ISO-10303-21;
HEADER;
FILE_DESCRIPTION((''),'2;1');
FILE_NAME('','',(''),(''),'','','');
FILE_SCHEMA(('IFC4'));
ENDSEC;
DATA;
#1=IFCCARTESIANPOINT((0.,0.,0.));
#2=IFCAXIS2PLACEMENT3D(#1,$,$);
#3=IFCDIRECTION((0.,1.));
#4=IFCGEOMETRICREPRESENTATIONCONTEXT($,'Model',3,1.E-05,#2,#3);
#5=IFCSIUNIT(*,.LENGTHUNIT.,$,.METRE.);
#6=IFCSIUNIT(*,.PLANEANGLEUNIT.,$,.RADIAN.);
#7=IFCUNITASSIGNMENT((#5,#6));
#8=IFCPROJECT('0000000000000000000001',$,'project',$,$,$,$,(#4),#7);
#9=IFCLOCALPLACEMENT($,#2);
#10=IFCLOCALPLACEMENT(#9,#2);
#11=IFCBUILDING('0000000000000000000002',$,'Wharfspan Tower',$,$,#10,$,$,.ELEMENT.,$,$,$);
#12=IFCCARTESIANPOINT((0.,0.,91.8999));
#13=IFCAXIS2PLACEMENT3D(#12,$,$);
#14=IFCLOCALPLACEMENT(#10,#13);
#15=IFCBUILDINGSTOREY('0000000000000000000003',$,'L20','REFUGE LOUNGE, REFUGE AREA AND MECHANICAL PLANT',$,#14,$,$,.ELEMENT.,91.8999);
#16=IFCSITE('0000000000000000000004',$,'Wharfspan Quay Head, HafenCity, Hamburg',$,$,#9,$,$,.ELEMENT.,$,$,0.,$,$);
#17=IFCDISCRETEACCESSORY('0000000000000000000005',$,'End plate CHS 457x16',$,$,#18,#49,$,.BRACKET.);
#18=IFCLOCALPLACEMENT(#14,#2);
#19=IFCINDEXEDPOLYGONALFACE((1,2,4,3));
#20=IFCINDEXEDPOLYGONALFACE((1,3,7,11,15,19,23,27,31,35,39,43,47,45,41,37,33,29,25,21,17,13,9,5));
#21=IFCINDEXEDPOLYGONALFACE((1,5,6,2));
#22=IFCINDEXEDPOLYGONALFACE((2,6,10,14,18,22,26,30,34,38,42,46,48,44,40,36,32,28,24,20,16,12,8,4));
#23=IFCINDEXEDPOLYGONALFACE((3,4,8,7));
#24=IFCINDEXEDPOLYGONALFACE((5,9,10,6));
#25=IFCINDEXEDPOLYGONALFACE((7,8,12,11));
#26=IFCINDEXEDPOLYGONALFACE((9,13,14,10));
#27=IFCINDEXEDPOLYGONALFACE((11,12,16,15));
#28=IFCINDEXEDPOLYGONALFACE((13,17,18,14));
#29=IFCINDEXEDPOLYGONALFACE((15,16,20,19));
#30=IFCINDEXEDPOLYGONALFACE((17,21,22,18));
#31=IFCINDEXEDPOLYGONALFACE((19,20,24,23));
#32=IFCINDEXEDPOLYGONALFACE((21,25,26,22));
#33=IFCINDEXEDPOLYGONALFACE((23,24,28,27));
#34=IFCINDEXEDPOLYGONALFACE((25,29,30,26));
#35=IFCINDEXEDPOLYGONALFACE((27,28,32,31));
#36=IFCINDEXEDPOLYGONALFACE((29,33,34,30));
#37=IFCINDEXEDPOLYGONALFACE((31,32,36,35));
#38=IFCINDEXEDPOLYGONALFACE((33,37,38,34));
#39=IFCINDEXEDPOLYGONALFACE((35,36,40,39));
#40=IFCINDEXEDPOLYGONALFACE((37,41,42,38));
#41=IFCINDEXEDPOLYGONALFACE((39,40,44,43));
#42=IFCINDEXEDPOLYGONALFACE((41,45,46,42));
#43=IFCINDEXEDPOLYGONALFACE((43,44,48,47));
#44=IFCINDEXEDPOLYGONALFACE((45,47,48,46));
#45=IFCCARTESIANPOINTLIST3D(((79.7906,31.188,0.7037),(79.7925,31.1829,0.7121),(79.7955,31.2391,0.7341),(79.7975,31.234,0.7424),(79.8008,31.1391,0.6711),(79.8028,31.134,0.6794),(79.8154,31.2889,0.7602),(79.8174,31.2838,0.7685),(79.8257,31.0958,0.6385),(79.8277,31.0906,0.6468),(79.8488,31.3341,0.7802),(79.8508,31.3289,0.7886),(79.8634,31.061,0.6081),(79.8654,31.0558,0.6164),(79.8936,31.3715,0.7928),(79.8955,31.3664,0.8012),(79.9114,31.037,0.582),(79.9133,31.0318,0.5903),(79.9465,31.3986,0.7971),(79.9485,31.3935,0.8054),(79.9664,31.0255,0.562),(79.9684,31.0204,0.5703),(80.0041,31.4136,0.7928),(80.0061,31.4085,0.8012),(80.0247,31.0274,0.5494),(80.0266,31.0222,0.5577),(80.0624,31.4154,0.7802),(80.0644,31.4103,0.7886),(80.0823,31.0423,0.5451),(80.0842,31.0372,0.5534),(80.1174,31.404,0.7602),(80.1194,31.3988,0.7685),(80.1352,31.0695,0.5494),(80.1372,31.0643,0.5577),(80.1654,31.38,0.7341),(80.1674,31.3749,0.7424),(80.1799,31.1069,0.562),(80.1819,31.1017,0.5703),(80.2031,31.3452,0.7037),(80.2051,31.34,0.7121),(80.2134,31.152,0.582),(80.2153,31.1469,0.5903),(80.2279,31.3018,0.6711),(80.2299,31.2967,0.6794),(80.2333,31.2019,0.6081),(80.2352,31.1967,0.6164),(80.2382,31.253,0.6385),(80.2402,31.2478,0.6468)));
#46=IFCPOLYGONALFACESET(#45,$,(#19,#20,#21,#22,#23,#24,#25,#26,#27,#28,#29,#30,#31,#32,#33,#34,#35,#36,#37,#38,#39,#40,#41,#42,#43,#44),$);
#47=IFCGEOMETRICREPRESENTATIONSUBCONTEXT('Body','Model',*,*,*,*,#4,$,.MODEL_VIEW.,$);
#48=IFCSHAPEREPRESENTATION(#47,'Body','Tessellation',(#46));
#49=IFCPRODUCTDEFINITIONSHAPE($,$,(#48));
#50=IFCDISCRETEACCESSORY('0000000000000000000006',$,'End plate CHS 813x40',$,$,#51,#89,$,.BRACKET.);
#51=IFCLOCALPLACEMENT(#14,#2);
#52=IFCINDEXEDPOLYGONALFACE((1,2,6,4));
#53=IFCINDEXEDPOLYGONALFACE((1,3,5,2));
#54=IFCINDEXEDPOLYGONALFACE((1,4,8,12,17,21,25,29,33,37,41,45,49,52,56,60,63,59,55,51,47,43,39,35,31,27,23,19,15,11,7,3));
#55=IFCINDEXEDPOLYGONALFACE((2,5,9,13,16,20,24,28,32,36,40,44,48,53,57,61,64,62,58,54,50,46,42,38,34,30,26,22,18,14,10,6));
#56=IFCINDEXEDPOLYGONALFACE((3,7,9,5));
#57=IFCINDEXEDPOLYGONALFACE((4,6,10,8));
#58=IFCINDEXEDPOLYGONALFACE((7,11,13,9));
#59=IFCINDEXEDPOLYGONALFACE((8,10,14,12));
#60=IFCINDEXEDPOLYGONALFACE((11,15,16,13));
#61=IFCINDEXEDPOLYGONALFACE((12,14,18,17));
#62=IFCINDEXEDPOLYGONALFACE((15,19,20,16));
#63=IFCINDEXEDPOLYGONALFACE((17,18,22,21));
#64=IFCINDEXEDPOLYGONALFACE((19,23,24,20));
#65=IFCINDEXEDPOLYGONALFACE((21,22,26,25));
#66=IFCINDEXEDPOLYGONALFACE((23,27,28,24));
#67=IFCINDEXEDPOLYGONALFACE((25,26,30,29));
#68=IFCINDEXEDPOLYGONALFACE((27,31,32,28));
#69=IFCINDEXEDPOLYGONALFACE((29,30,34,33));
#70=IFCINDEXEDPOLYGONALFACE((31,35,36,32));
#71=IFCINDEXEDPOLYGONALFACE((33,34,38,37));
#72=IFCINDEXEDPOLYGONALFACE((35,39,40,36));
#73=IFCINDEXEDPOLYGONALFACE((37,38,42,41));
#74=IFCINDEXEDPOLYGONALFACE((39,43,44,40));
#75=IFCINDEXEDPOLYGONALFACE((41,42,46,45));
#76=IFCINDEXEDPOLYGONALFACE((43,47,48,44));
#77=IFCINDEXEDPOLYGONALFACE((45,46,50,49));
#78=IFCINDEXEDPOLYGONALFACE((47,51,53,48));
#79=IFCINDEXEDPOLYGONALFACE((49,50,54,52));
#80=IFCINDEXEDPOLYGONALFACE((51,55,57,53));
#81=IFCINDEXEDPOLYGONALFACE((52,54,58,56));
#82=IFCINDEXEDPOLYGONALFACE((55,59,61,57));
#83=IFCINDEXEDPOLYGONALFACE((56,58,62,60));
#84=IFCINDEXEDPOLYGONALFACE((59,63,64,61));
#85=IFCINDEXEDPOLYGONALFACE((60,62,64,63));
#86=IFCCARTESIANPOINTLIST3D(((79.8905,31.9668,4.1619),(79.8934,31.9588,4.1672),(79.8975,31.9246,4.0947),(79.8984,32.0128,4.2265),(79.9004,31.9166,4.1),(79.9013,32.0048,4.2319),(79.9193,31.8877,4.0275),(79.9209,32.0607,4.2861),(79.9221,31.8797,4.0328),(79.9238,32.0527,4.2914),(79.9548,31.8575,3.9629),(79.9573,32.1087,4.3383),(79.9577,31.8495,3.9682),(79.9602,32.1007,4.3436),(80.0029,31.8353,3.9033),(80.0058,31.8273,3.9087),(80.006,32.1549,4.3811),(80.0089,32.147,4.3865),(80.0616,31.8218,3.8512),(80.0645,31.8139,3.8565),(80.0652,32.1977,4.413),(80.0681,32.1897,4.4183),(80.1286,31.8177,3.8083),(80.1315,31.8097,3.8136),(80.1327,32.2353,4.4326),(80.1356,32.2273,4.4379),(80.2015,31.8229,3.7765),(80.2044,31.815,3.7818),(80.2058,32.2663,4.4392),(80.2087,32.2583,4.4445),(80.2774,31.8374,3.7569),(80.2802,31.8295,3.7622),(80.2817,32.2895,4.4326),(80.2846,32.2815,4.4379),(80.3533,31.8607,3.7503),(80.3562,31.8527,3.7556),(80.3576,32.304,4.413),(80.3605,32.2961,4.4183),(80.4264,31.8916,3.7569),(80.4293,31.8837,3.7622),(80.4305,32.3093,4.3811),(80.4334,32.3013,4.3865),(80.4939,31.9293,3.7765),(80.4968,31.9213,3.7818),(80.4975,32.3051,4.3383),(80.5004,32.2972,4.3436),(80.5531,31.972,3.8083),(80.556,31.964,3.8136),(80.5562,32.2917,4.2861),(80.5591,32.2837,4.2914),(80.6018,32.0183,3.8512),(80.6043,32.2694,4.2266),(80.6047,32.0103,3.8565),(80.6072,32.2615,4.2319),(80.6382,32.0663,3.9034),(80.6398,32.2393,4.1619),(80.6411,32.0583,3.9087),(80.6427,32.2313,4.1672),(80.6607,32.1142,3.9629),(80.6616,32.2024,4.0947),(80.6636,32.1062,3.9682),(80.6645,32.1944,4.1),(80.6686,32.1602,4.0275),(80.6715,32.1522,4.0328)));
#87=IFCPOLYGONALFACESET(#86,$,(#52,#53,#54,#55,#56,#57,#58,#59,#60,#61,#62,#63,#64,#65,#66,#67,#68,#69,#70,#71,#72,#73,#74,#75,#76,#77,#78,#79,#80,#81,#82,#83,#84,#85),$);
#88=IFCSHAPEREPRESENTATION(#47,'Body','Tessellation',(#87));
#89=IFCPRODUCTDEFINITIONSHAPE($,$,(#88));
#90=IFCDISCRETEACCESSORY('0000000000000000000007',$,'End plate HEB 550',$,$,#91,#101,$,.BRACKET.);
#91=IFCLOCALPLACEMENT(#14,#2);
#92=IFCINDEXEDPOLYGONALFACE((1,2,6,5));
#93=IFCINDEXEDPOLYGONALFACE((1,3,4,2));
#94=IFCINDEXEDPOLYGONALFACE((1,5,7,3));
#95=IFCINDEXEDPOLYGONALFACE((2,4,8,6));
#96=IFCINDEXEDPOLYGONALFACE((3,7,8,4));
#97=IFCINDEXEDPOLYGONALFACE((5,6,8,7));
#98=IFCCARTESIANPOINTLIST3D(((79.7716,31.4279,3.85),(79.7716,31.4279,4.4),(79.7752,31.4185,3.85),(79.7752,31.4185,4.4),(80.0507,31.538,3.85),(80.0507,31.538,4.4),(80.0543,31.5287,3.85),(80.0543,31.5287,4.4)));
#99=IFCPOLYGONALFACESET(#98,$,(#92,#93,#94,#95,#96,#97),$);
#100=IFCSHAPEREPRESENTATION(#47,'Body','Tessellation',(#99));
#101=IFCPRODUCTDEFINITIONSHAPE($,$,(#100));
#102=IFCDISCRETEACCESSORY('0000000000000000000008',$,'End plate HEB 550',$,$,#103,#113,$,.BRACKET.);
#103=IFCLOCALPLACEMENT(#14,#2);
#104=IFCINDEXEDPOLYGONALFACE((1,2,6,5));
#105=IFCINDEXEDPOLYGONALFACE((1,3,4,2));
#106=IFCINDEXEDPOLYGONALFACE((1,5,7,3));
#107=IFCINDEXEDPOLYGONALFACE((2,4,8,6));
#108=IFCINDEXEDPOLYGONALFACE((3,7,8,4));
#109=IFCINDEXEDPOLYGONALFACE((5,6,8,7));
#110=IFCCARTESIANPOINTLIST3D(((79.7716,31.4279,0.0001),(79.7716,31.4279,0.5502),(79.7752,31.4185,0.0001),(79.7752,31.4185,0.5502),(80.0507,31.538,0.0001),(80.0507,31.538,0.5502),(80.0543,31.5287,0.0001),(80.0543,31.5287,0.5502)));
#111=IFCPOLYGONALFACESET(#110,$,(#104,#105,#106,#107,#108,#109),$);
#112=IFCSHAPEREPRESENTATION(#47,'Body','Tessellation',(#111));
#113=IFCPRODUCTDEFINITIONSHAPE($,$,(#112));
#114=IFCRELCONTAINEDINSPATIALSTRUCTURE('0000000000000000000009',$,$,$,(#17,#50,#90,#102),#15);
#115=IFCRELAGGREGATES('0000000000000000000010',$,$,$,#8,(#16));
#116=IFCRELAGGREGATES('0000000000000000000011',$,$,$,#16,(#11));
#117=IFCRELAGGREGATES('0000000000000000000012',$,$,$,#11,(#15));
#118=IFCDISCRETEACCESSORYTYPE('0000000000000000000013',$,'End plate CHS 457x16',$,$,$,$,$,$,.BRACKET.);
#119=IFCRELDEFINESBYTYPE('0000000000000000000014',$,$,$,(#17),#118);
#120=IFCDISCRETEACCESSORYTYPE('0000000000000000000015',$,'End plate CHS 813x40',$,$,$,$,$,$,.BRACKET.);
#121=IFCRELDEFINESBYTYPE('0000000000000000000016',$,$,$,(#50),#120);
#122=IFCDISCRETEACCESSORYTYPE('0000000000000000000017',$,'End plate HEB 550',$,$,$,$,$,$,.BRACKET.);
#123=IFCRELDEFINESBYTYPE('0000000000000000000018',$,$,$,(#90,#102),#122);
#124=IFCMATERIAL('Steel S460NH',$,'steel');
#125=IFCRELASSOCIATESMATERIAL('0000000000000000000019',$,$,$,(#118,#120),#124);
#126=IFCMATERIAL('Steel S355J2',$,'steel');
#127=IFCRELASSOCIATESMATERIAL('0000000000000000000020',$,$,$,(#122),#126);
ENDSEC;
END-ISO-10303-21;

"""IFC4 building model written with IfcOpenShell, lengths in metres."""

from ifc_helpers import new_model, si_unit, direction, frame, origin, origin_2d, place, context, subcontext, project, spatial, rectangle, circle, extrude, material, material_profile, profile_set, type_object, element, save


model = new_model("IFC4")

# Units and contexts
model_context = context("Model", 3, precision=1e-05, world=origin(), true_north=direction((0.0, 1.0)))
body_context = subcontext(model_context, "Body", "Model", "MODEL_VIEW")
ifc_project = project(units=[si_unit("LENGTHUNIT", "METRE"), si_unit("PLANEANGLEUNIT", "RADIAN")], contexts=[model_context])

# Site, building, storey
site_placement = place(None, origin())
site = spatial("IfcSite", under=ifc_project, at=site_placement, Name="Wharfspan Quay Head, HafenCity, Hamburg", CompositionType="ELEMENT", RefElevation=0.0)
building_placement = place(site_placement, origin())
building = spatial("IfcBuilding", under=site, at=building_placement, Name="Wharfspan Tower", CompositionType="ELEMENT")
storey_placement = place(building_placement, frame((0.0, 0.0, 91.8999)))
storey = spatial("IfcBuildingStorey", under=building, at=storey_placement, Name="L20", Description="REFUGE LOUNGE, REFUGE AREA AND MECHANICAL PLANT", CompositionType="ELEMENT", Elevation=91.8999)

# Shared definitions
ifc_material_1 = material(Name="Steel S355J2", Category="steel")

# Shared definitions
ifc_material_2 = material(Name="Steel S460NH", Category="steel")

# Discrete accessories
ifc_material_profile_1 = material_profile(ifc_material_2, circle(Radius=0.2285, at=origin_2d()))
ifc_profile_set_1 = profile_set([ifc_material_profile_1], Name="Steel S460NH")
discrete_accessory_type_1 = type_object("IfcDiscreteAccessoryType", Name="End plate CHS 457x16", PredefinedType="BRACKET", material=ifc_profile_set_1)
for number, where, z_axis, x_axis, name in (
    (1, (80.0164, 31.2153, 0.6794), (-0.196293, 0.51527, -0.834246), (-0.934491, -0.355996, 0.0), "End plate CHS 457x16"),
):
    element("IfcDiscreteAccessory", number, at=place(storey_placement, frame(where, z_axis=z_axis, x_axis=x_axis)), inside=storey, type_object=discrete_accessory_type_1, Name=name, PredefinedType="BRACKET", context=body_context, shape_type="SweptSolid", body=[
        extrude(circle(Radius=0.2285, at=origin_2d()), origin(), (0.0, 0.0, 1.0), 0.01),
    ])
ifc_material_profile_2 = material_profile(ifc_material_2, circle(Radius=0.4065, at=origin_2d()))
ifc_profile_set_2 = profile_set([ifc_material_profile_2], Name="Steel S460NH")
discrete_accessory_type_2 = type_object("IfcDiscreteAccessoryType", Name="End plate CHS 813x40", PredefinedType="BRACKET", material=ifc_profile_set_2)
discrete_accessory_placement = place(storey_placement, frame((80.2795, 32.0635, 4.0947), z_axis=(0.289598, -0.796395, 0.53093), x_axis=(0.939792, 0.341743, 0.000001)))
element("IfcDiscreteAccessory", 2, at=discrete_accessory_placement, inside=storey, type_object=discrete_accessory_type_2, Name="End plate CHS 813x40", PredefinedType="BRACKET", context=body_context, shape_type="SweptSolid", body=[
    extrude(circle(Radius=0.4065, at=origin_2d()), origin(), (0.0, 0.0, 1.0), 0.01),
])
ifc_material_profile_3 = material_profile(ifc_material_1, rectangle(XDim=0.3, YDim=0.55, at=origin_2d()))
ifc_profile_set_3 = profile_set([ifc_material_profile_3], Name="Steel S355J2")
discrete_accessory_type_3 = type_object("IfcDiscreteAccessoryType", Name="End plate HEB 550", PredefinedType="BRACKET", material=ifc_profile_set_3)
for number, where, z_axis, x_axis, name in (
    (3, (79.9148, 31.4736, 4.125), (-0.367167, 0.930155, 0.0), (-0.930155, -0.367167, 0.0), "End plate HEB 550"),
    (4, (79.9148, 31.4736, 0.2751), (-0.367167, 0.930155, 0.0), (-0.930155, -0.367167, 0.0), "End plate HEB 550"),
):
    element("IfcDiscreteAccessory", number, at=place(storey_placement, frame(where, z_axis=z_axis, x_axis=x_axis)), inside=storey, type_object=discrete_accessory_type_3, Name=name, PredefinedType="BRACKET", context=body_context, shape_type="SweptSolid", body=[
        extrude(rectangle(XDim=0.3, YDim=0.55, at=origin_2d()), origin(), (0.0, 0.0, 1.0), 0.01),
    ])

save(model, "model.ifc")
